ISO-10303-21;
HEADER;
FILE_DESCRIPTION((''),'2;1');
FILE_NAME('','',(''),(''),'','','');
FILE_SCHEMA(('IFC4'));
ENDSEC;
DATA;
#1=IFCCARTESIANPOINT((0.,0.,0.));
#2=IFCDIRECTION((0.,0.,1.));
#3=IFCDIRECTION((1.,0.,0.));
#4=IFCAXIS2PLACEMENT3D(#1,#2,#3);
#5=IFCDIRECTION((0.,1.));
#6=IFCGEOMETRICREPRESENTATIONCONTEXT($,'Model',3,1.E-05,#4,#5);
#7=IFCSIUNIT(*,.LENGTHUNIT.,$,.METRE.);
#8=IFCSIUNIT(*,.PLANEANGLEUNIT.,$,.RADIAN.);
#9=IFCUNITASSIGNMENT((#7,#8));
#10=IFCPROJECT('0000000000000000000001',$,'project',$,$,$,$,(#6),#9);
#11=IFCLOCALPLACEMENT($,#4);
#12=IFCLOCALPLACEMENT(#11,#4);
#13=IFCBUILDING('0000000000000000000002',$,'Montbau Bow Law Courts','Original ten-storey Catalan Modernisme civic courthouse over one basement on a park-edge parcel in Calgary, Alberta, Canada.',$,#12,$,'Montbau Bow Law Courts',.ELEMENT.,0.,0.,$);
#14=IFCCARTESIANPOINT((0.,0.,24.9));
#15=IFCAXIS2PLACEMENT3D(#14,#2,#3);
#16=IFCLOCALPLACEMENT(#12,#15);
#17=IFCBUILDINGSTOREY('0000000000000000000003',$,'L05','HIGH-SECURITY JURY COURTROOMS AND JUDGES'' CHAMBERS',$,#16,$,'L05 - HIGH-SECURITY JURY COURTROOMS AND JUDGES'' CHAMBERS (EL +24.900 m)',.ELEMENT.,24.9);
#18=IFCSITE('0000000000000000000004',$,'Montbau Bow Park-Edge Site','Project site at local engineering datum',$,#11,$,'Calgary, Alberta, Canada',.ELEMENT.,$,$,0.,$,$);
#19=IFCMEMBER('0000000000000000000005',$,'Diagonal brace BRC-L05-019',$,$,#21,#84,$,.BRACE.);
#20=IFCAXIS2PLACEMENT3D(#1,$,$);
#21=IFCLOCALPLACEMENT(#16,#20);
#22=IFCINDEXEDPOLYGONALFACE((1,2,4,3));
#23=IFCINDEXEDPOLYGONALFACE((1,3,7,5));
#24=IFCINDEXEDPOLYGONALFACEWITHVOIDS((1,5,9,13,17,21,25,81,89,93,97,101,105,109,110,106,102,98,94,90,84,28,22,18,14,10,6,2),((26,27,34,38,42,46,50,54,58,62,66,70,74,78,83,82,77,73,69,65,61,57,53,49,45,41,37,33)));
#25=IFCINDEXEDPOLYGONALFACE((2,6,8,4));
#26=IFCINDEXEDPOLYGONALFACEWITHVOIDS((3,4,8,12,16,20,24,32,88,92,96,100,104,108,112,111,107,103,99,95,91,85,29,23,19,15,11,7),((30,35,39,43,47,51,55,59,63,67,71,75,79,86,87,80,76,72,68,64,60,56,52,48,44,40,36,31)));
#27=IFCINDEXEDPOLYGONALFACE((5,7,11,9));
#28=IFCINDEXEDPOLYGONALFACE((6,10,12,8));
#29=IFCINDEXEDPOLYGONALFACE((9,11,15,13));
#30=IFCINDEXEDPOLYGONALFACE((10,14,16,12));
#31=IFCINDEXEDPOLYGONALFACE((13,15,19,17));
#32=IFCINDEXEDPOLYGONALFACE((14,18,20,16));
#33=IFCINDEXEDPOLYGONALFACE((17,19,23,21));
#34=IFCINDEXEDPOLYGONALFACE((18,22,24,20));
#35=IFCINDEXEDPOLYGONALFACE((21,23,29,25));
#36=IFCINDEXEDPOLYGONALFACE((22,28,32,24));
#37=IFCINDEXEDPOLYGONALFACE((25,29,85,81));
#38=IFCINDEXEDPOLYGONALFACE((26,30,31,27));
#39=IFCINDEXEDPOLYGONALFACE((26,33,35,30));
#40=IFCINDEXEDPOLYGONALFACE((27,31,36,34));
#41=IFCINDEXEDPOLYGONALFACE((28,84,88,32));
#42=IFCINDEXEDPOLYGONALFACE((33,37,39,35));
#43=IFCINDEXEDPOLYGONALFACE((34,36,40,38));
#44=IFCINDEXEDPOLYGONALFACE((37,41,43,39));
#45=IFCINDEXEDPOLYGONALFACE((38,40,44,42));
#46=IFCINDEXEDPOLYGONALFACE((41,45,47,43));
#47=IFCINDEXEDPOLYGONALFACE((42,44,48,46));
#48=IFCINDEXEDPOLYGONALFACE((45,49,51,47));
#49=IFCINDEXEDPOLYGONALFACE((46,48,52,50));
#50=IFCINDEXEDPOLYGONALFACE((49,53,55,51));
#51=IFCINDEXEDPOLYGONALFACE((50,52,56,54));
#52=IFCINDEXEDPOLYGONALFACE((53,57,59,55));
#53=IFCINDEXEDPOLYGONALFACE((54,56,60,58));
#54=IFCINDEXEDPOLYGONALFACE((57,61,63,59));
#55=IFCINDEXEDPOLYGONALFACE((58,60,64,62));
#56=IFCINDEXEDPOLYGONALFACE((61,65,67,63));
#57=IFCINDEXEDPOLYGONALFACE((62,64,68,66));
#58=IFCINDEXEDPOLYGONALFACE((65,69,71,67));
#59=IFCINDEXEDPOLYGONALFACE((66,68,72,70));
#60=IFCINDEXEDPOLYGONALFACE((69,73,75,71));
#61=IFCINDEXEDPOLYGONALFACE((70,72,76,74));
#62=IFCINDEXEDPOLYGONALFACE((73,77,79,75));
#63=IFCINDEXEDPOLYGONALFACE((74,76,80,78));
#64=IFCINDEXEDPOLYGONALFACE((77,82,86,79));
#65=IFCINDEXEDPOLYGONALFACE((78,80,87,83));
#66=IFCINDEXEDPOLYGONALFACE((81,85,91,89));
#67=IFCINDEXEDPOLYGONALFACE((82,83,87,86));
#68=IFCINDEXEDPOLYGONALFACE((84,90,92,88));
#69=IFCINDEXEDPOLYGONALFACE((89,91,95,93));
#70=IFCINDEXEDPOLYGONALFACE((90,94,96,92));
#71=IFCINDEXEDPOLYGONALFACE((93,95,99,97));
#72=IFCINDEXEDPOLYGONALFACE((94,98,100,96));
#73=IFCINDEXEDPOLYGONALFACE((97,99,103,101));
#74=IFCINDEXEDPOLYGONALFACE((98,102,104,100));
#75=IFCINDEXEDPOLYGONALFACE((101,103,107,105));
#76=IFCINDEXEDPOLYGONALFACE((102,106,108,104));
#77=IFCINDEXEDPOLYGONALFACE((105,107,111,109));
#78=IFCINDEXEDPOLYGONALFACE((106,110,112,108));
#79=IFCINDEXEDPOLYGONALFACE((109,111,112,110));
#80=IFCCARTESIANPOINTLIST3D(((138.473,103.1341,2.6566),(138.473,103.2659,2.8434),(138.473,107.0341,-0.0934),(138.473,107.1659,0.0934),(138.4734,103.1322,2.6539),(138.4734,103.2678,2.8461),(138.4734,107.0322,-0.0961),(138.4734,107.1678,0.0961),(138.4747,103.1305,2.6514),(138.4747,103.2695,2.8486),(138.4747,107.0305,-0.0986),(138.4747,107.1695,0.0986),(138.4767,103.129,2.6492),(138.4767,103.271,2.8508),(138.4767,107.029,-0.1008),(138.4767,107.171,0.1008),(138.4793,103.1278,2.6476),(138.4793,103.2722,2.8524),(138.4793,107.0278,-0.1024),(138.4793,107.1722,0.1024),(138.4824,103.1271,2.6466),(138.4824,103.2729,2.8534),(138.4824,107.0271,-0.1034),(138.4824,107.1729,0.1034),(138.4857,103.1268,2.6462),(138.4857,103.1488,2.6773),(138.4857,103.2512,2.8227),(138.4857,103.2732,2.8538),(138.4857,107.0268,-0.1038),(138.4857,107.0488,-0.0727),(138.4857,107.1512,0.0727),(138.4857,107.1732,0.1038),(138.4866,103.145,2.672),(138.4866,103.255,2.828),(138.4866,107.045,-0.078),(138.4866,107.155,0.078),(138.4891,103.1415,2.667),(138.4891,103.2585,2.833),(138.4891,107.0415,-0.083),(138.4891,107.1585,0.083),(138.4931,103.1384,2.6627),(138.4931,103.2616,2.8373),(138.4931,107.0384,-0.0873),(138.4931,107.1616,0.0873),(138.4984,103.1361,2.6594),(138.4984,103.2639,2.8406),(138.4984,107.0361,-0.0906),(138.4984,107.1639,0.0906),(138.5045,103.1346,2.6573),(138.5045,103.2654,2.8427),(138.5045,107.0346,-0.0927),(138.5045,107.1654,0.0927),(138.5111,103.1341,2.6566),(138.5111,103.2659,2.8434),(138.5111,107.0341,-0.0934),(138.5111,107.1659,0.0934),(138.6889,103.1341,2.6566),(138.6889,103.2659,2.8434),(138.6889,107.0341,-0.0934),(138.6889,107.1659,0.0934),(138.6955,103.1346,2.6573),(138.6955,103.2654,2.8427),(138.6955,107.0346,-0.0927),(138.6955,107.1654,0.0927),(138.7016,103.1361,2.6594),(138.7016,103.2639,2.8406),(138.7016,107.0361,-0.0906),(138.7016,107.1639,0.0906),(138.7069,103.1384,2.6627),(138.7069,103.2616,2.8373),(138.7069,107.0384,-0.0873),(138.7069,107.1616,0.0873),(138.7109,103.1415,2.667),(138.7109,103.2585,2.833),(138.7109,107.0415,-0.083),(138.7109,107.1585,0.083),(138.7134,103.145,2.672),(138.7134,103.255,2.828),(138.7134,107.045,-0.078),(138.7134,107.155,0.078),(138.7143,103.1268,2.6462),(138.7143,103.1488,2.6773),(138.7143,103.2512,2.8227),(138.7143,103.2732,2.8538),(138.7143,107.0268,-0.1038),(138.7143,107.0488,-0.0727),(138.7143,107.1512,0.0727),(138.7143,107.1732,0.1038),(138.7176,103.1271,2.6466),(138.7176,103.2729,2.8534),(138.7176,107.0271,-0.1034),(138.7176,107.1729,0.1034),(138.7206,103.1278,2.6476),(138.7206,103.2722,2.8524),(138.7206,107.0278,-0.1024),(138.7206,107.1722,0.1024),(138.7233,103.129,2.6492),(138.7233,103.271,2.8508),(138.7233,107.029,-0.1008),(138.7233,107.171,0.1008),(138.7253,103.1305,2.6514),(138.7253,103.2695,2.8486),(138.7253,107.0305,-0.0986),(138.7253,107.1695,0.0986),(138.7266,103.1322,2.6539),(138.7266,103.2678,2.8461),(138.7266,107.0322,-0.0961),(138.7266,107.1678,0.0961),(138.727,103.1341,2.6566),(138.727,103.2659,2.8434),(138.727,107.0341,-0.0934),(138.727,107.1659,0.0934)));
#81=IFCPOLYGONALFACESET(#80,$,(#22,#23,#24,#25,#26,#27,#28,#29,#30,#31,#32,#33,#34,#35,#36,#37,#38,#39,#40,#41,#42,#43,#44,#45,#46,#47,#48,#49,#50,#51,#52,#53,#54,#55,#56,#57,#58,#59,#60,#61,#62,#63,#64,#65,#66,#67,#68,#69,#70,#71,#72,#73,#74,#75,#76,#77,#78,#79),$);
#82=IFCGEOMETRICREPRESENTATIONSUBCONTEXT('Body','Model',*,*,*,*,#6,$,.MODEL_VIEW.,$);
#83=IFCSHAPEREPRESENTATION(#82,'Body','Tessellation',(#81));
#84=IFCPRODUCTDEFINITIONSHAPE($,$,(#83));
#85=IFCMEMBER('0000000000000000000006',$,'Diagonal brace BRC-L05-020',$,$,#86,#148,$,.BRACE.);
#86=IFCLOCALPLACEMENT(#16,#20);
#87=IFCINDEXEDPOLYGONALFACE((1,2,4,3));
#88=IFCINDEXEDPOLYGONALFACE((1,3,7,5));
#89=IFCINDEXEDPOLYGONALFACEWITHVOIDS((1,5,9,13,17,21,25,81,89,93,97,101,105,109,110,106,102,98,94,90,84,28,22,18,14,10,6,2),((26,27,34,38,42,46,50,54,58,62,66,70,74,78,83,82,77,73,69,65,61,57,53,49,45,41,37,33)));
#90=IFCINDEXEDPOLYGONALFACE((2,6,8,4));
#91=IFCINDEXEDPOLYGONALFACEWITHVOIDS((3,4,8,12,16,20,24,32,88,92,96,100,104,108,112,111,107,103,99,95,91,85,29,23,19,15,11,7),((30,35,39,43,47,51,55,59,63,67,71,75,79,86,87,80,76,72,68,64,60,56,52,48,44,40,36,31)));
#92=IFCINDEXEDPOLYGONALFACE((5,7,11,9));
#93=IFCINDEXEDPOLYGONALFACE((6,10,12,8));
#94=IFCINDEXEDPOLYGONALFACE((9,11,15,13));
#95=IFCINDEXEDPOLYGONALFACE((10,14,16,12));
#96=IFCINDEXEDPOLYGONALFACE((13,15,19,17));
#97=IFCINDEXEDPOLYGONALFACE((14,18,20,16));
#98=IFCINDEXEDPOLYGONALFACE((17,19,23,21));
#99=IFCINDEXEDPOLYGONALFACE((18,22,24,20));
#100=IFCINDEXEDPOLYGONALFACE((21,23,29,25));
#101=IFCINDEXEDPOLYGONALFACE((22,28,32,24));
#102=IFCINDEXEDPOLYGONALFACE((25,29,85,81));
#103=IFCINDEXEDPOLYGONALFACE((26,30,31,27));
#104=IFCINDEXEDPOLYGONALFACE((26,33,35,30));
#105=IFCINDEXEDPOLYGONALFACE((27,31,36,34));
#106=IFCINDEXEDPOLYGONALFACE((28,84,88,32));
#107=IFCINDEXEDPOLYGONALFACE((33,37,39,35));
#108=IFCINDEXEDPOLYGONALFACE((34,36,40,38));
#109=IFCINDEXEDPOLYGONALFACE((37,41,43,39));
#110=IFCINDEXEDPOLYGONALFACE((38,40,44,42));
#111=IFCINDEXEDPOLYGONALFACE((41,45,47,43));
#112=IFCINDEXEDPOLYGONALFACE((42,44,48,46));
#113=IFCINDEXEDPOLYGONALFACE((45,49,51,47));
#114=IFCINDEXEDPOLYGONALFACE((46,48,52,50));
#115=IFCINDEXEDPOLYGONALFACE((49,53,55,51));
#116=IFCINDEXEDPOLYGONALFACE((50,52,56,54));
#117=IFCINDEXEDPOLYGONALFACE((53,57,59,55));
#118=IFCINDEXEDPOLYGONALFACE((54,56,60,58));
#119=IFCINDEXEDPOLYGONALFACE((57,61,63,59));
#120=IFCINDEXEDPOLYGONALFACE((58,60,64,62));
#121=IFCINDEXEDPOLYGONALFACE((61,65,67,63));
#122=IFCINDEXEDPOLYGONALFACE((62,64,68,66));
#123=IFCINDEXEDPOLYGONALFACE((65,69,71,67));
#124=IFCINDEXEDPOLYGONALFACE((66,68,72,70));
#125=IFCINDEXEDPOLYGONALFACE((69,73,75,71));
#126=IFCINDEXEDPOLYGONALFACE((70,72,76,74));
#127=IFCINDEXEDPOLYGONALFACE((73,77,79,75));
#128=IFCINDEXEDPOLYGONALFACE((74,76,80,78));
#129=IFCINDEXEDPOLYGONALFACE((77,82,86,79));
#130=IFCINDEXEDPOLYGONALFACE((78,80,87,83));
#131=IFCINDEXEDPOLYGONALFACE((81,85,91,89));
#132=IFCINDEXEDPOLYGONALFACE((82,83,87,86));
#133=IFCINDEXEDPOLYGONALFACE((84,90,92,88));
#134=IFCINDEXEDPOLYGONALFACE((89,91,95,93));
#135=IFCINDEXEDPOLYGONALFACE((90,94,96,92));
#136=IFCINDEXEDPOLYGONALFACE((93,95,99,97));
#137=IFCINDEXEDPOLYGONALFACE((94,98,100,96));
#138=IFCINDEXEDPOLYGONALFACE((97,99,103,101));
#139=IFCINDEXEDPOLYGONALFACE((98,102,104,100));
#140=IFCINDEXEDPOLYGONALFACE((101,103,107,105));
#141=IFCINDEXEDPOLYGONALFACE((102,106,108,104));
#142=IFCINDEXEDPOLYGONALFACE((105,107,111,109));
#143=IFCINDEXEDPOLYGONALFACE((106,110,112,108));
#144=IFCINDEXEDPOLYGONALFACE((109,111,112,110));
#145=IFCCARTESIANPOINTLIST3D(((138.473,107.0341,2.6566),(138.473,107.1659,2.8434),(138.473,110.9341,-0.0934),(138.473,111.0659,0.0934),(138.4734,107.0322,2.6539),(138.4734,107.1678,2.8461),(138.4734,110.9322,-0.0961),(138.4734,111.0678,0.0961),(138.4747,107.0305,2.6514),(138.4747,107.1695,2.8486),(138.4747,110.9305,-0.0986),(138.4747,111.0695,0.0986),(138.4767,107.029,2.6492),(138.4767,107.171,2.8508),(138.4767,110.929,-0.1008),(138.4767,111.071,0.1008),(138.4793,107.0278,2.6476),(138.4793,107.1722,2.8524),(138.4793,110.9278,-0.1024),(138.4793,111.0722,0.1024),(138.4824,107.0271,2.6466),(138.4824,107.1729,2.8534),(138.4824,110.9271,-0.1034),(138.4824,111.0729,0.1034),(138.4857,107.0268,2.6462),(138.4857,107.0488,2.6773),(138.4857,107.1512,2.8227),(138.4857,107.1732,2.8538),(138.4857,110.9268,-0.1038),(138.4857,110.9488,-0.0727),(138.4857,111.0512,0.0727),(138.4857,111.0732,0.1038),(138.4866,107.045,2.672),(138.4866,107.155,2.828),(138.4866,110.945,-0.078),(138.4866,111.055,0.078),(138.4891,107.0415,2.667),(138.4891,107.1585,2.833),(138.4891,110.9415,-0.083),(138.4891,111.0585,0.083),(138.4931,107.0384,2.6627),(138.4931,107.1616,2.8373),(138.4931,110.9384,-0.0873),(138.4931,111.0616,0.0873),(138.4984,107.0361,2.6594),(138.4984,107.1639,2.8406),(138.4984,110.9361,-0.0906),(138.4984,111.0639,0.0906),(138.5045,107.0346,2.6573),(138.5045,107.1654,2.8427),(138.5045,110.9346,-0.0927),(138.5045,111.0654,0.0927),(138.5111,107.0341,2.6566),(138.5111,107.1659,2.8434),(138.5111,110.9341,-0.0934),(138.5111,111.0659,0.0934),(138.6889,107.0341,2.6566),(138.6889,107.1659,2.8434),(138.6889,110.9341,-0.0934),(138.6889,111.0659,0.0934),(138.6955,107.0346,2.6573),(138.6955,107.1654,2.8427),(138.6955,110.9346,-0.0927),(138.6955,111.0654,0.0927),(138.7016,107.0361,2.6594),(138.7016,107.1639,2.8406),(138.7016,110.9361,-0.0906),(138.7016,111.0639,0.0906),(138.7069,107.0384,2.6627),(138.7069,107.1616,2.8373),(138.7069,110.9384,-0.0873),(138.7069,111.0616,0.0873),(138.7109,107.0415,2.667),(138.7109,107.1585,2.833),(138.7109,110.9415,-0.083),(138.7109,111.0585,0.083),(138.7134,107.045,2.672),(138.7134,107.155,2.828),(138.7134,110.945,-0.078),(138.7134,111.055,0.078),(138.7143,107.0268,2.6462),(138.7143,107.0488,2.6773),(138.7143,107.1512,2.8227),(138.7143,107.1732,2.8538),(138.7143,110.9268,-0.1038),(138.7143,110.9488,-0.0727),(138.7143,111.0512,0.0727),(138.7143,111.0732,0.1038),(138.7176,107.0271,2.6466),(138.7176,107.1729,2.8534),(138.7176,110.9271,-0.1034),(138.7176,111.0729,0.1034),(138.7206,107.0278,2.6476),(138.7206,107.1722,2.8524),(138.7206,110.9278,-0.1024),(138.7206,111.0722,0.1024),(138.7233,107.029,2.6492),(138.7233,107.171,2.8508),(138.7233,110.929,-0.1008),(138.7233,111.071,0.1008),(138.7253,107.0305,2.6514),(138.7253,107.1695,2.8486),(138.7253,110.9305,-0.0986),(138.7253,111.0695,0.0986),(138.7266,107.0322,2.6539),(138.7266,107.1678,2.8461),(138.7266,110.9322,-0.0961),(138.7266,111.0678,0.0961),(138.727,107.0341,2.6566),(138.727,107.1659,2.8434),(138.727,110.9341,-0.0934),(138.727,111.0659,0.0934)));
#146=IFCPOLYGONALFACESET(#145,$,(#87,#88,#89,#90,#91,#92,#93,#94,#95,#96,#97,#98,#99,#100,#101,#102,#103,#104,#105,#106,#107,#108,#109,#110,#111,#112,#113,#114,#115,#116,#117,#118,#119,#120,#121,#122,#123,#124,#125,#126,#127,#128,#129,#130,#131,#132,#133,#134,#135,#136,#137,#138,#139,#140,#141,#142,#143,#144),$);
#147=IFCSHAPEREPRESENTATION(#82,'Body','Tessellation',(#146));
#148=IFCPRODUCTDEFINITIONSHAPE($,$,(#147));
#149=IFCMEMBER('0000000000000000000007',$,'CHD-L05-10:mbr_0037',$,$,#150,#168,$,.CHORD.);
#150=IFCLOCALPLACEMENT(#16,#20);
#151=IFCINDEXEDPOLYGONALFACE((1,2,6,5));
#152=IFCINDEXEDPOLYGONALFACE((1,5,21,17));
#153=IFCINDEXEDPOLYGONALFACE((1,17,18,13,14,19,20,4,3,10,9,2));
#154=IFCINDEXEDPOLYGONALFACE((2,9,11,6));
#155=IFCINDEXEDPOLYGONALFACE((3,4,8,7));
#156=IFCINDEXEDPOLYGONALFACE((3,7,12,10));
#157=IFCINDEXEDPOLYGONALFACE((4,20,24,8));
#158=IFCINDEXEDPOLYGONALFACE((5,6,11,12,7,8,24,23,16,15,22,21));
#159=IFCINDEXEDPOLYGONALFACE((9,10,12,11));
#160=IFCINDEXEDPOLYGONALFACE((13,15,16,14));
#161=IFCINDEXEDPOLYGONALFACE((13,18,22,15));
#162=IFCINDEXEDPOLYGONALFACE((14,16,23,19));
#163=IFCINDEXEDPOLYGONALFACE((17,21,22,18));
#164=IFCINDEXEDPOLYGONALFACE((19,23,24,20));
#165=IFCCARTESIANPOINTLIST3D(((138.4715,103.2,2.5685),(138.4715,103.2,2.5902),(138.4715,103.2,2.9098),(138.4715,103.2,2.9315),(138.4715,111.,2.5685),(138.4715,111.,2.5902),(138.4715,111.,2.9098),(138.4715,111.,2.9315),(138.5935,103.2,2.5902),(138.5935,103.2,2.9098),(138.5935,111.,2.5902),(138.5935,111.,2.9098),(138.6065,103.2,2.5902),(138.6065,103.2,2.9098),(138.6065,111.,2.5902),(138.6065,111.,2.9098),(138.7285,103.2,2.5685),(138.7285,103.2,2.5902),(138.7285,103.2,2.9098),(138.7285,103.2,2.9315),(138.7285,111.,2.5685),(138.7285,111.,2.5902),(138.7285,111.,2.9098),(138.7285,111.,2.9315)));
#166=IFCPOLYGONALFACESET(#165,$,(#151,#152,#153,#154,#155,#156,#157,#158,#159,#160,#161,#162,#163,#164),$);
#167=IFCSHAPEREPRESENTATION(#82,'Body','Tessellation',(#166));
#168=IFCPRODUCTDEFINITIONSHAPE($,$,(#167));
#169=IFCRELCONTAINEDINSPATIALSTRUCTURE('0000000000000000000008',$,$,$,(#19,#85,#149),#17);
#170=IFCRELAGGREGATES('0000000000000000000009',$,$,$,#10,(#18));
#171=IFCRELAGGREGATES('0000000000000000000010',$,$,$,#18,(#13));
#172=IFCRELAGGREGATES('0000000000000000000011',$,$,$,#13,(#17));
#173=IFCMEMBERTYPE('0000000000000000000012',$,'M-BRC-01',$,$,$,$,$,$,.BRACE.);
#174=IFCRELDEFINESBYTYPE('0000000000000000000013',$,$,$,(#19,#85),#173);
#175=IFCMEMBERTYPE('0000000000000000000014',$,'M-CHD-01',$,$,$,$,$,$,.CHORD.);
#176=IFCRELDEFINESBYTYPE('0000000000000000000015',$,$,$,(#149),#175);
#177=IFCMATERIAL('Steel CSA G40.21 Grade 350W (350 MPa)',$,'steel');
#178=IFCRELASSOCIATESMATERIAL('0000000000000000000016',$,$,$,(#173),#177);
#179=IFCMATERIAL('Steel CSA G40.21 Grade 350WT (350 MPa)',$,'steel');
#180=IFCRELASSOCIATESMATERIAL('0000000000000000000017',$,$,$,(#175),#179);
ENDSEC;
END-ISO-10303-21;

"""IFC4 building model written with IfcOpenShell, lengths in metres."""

from ifc_helpers import new_model, si_unit, direction, frame, origin_with_axes, origin_2d_with_axis, place, context, subcontext, project, spatial, hollow_rectangle, i_section, extrude, material, material_profile, profile_set, type_object, element, save


model = new_model("IFC4")

# Units and contexts
model_context = context("Model", 3, precision=1e-05, world=origin_with_axes(), true_north=direction((0.0, 1.0)))
body_context = subcontext(model_context, "Body", "Model", "MODEL_VIEW")
ifc_project = project(units=[si_unit("LENGTHUNIT", "METRE"), si_unit("PLANEANGLEUNIT", "RADIAN")], contexts=[model_context])

# Site, building, storey
site_placement = place(None, origin_with_axes())
site = spatial("IfcSite", under=ifc_project, at=site_placement, Name="Montbau Bow Park-Edge Site", Description="Project site at local engineering datum", LongName="Calgary, Alberta, Canada", CompositionType="ELEMENT", RefElevation=0.0)
building_placement = place(site_placement, origin_with_axes())
building = spatial("IfcBuilding", under=site, at=building_placement, Name="Montbau Bow Law Courts", Description="Original ten-storey Catalan Modernisme civic courthouse over one basement on a park-edge parcel in Calgary, Alberta, Canada.", LongName="Montbau Bow Law Courts", CompositionType="ELEMENT", ElevationOfRefHeight=0.0, ElevationOfTerrain=0.0)
storey_placement = place(building_placement, frame((0.0, 0.0, 24.9), z_axis=(0.0, 0.0, 1.0), x_axis=(1.0, 0.0, 0.0)))
storey = spatial("IfcBuildingStorey", under=building, at=storey_placement, Name="L05", Description="HIGH-SECURITY JURY COURTROOMS AND JUDGES' CHAMBERS", LongName="L05 - HIGH-SECURITY JURY COURTROOMS AND JUDGES' CHAMBERS (EL +24.900 m)", CompositionType="ELEMENT", Elevation=24.9)

# Members
ifc_material_1 = material(Name="Steel CSA G40.21 Grade 350W (350 MPa)", Category="steel")
ifc_material_profile_1 = material_profile(ifc_material_1, hollow_rectangle(XDim=0.254, YDim=0.254, WallThickness=0.0127, InnerFilletRadius=0.0254, OuterFilletRadius=0.0127, at=origin_2d_with_axis()), Name="HSS254X254X13", Category="Main", Priority=0)
ifc_profile_set_1 = profile_set([ifc_material_profile_1], Name="Steel CSA G40.21 Grade 350W (350 MPa)")
member_type_1 = type_object("IfcMemberType", Name="M-BRC-01", PredefinedType="BRACE", material=ifc_profile_set_1)
for number, where, z_axis, x_axis, name in (
    (1, (138.6, 103.2, 27.65), (0.0, 0.817258, -0.576272), (-1.0, 0.0, 0.0), "Diagonal brace BRC-L05-019"),
    (2, (138.6, 107.1, 27.65), (0.0, 0.817258, -0.576272), (-1.0, 0.0, 0.0), "Diagonal brace BRC-L05-020"),
):
    element("IfcMember", number, at=place(None, frame(where, z_axis=z_axis, x_axis=x_axis)), inside=storey, type_object=member_type_1, Name=name, PredefinedType="BRACE", context=body_context, shape_type="SweptSolid", body=[
        extrude(hollow_rectangle(XDim=0.254, YDim=0.254, WallThickness=0.0127, InnerFilletRadius=0.0254, OuterFilletRadius=0.0127, at=origin_2d_with_axis()), origin_with_axes(), (0.0, 0.0, 1.0), 4.7721),
    ])
ifc_material_2 = material(Name="Steel CSA G40.21 Grade 350WT (350 MPa)", Category="steel")
ifc_material_profile_2 = material_profile(ifc_material_2, i_section(OverallWidth=0.257, OverallDepth=0.363, WebThickness=0.013, FlangeThickness=0.0217, at=origin_2d_with_axis()), Name="W360X122", Category="Main", Priority=0)
ifc_profile_set_2 = profile_set([ifc_material_profile_2], Name="Steel CSA G40.21 Grade 350WT (350 MPa)")
member_type_2 = type_object("IfcMemberType", Name="M-CHD-01", PredefinedType="CHORD", material=ifc_profile_set_2)
member_1_placement = place(None, frame((138.6, 103.2, 27.65), z_axis=(0.0, 1.0, 0.0), x_axis=(-1.0, 0.0, 0.0)))
element("IfcMember", 3, at=member_1_placement, inside=storey, type_object=member_type_2, Name="CHD-L05-10:mbr_0037", PredefinedType="CHORD", context=body_context, shape_type="SweptSolid", body=[
    extrude(i_section(OverallWidth=0.257, OverallDepth=0.363, WebThickness=0.013, FlangeThickness=0.0217, at=origin_2d_with_axis()), origin_with_axes(), (0.0, 0.0, 1.0), 7.8),
])

save(model, "model.ifc")
